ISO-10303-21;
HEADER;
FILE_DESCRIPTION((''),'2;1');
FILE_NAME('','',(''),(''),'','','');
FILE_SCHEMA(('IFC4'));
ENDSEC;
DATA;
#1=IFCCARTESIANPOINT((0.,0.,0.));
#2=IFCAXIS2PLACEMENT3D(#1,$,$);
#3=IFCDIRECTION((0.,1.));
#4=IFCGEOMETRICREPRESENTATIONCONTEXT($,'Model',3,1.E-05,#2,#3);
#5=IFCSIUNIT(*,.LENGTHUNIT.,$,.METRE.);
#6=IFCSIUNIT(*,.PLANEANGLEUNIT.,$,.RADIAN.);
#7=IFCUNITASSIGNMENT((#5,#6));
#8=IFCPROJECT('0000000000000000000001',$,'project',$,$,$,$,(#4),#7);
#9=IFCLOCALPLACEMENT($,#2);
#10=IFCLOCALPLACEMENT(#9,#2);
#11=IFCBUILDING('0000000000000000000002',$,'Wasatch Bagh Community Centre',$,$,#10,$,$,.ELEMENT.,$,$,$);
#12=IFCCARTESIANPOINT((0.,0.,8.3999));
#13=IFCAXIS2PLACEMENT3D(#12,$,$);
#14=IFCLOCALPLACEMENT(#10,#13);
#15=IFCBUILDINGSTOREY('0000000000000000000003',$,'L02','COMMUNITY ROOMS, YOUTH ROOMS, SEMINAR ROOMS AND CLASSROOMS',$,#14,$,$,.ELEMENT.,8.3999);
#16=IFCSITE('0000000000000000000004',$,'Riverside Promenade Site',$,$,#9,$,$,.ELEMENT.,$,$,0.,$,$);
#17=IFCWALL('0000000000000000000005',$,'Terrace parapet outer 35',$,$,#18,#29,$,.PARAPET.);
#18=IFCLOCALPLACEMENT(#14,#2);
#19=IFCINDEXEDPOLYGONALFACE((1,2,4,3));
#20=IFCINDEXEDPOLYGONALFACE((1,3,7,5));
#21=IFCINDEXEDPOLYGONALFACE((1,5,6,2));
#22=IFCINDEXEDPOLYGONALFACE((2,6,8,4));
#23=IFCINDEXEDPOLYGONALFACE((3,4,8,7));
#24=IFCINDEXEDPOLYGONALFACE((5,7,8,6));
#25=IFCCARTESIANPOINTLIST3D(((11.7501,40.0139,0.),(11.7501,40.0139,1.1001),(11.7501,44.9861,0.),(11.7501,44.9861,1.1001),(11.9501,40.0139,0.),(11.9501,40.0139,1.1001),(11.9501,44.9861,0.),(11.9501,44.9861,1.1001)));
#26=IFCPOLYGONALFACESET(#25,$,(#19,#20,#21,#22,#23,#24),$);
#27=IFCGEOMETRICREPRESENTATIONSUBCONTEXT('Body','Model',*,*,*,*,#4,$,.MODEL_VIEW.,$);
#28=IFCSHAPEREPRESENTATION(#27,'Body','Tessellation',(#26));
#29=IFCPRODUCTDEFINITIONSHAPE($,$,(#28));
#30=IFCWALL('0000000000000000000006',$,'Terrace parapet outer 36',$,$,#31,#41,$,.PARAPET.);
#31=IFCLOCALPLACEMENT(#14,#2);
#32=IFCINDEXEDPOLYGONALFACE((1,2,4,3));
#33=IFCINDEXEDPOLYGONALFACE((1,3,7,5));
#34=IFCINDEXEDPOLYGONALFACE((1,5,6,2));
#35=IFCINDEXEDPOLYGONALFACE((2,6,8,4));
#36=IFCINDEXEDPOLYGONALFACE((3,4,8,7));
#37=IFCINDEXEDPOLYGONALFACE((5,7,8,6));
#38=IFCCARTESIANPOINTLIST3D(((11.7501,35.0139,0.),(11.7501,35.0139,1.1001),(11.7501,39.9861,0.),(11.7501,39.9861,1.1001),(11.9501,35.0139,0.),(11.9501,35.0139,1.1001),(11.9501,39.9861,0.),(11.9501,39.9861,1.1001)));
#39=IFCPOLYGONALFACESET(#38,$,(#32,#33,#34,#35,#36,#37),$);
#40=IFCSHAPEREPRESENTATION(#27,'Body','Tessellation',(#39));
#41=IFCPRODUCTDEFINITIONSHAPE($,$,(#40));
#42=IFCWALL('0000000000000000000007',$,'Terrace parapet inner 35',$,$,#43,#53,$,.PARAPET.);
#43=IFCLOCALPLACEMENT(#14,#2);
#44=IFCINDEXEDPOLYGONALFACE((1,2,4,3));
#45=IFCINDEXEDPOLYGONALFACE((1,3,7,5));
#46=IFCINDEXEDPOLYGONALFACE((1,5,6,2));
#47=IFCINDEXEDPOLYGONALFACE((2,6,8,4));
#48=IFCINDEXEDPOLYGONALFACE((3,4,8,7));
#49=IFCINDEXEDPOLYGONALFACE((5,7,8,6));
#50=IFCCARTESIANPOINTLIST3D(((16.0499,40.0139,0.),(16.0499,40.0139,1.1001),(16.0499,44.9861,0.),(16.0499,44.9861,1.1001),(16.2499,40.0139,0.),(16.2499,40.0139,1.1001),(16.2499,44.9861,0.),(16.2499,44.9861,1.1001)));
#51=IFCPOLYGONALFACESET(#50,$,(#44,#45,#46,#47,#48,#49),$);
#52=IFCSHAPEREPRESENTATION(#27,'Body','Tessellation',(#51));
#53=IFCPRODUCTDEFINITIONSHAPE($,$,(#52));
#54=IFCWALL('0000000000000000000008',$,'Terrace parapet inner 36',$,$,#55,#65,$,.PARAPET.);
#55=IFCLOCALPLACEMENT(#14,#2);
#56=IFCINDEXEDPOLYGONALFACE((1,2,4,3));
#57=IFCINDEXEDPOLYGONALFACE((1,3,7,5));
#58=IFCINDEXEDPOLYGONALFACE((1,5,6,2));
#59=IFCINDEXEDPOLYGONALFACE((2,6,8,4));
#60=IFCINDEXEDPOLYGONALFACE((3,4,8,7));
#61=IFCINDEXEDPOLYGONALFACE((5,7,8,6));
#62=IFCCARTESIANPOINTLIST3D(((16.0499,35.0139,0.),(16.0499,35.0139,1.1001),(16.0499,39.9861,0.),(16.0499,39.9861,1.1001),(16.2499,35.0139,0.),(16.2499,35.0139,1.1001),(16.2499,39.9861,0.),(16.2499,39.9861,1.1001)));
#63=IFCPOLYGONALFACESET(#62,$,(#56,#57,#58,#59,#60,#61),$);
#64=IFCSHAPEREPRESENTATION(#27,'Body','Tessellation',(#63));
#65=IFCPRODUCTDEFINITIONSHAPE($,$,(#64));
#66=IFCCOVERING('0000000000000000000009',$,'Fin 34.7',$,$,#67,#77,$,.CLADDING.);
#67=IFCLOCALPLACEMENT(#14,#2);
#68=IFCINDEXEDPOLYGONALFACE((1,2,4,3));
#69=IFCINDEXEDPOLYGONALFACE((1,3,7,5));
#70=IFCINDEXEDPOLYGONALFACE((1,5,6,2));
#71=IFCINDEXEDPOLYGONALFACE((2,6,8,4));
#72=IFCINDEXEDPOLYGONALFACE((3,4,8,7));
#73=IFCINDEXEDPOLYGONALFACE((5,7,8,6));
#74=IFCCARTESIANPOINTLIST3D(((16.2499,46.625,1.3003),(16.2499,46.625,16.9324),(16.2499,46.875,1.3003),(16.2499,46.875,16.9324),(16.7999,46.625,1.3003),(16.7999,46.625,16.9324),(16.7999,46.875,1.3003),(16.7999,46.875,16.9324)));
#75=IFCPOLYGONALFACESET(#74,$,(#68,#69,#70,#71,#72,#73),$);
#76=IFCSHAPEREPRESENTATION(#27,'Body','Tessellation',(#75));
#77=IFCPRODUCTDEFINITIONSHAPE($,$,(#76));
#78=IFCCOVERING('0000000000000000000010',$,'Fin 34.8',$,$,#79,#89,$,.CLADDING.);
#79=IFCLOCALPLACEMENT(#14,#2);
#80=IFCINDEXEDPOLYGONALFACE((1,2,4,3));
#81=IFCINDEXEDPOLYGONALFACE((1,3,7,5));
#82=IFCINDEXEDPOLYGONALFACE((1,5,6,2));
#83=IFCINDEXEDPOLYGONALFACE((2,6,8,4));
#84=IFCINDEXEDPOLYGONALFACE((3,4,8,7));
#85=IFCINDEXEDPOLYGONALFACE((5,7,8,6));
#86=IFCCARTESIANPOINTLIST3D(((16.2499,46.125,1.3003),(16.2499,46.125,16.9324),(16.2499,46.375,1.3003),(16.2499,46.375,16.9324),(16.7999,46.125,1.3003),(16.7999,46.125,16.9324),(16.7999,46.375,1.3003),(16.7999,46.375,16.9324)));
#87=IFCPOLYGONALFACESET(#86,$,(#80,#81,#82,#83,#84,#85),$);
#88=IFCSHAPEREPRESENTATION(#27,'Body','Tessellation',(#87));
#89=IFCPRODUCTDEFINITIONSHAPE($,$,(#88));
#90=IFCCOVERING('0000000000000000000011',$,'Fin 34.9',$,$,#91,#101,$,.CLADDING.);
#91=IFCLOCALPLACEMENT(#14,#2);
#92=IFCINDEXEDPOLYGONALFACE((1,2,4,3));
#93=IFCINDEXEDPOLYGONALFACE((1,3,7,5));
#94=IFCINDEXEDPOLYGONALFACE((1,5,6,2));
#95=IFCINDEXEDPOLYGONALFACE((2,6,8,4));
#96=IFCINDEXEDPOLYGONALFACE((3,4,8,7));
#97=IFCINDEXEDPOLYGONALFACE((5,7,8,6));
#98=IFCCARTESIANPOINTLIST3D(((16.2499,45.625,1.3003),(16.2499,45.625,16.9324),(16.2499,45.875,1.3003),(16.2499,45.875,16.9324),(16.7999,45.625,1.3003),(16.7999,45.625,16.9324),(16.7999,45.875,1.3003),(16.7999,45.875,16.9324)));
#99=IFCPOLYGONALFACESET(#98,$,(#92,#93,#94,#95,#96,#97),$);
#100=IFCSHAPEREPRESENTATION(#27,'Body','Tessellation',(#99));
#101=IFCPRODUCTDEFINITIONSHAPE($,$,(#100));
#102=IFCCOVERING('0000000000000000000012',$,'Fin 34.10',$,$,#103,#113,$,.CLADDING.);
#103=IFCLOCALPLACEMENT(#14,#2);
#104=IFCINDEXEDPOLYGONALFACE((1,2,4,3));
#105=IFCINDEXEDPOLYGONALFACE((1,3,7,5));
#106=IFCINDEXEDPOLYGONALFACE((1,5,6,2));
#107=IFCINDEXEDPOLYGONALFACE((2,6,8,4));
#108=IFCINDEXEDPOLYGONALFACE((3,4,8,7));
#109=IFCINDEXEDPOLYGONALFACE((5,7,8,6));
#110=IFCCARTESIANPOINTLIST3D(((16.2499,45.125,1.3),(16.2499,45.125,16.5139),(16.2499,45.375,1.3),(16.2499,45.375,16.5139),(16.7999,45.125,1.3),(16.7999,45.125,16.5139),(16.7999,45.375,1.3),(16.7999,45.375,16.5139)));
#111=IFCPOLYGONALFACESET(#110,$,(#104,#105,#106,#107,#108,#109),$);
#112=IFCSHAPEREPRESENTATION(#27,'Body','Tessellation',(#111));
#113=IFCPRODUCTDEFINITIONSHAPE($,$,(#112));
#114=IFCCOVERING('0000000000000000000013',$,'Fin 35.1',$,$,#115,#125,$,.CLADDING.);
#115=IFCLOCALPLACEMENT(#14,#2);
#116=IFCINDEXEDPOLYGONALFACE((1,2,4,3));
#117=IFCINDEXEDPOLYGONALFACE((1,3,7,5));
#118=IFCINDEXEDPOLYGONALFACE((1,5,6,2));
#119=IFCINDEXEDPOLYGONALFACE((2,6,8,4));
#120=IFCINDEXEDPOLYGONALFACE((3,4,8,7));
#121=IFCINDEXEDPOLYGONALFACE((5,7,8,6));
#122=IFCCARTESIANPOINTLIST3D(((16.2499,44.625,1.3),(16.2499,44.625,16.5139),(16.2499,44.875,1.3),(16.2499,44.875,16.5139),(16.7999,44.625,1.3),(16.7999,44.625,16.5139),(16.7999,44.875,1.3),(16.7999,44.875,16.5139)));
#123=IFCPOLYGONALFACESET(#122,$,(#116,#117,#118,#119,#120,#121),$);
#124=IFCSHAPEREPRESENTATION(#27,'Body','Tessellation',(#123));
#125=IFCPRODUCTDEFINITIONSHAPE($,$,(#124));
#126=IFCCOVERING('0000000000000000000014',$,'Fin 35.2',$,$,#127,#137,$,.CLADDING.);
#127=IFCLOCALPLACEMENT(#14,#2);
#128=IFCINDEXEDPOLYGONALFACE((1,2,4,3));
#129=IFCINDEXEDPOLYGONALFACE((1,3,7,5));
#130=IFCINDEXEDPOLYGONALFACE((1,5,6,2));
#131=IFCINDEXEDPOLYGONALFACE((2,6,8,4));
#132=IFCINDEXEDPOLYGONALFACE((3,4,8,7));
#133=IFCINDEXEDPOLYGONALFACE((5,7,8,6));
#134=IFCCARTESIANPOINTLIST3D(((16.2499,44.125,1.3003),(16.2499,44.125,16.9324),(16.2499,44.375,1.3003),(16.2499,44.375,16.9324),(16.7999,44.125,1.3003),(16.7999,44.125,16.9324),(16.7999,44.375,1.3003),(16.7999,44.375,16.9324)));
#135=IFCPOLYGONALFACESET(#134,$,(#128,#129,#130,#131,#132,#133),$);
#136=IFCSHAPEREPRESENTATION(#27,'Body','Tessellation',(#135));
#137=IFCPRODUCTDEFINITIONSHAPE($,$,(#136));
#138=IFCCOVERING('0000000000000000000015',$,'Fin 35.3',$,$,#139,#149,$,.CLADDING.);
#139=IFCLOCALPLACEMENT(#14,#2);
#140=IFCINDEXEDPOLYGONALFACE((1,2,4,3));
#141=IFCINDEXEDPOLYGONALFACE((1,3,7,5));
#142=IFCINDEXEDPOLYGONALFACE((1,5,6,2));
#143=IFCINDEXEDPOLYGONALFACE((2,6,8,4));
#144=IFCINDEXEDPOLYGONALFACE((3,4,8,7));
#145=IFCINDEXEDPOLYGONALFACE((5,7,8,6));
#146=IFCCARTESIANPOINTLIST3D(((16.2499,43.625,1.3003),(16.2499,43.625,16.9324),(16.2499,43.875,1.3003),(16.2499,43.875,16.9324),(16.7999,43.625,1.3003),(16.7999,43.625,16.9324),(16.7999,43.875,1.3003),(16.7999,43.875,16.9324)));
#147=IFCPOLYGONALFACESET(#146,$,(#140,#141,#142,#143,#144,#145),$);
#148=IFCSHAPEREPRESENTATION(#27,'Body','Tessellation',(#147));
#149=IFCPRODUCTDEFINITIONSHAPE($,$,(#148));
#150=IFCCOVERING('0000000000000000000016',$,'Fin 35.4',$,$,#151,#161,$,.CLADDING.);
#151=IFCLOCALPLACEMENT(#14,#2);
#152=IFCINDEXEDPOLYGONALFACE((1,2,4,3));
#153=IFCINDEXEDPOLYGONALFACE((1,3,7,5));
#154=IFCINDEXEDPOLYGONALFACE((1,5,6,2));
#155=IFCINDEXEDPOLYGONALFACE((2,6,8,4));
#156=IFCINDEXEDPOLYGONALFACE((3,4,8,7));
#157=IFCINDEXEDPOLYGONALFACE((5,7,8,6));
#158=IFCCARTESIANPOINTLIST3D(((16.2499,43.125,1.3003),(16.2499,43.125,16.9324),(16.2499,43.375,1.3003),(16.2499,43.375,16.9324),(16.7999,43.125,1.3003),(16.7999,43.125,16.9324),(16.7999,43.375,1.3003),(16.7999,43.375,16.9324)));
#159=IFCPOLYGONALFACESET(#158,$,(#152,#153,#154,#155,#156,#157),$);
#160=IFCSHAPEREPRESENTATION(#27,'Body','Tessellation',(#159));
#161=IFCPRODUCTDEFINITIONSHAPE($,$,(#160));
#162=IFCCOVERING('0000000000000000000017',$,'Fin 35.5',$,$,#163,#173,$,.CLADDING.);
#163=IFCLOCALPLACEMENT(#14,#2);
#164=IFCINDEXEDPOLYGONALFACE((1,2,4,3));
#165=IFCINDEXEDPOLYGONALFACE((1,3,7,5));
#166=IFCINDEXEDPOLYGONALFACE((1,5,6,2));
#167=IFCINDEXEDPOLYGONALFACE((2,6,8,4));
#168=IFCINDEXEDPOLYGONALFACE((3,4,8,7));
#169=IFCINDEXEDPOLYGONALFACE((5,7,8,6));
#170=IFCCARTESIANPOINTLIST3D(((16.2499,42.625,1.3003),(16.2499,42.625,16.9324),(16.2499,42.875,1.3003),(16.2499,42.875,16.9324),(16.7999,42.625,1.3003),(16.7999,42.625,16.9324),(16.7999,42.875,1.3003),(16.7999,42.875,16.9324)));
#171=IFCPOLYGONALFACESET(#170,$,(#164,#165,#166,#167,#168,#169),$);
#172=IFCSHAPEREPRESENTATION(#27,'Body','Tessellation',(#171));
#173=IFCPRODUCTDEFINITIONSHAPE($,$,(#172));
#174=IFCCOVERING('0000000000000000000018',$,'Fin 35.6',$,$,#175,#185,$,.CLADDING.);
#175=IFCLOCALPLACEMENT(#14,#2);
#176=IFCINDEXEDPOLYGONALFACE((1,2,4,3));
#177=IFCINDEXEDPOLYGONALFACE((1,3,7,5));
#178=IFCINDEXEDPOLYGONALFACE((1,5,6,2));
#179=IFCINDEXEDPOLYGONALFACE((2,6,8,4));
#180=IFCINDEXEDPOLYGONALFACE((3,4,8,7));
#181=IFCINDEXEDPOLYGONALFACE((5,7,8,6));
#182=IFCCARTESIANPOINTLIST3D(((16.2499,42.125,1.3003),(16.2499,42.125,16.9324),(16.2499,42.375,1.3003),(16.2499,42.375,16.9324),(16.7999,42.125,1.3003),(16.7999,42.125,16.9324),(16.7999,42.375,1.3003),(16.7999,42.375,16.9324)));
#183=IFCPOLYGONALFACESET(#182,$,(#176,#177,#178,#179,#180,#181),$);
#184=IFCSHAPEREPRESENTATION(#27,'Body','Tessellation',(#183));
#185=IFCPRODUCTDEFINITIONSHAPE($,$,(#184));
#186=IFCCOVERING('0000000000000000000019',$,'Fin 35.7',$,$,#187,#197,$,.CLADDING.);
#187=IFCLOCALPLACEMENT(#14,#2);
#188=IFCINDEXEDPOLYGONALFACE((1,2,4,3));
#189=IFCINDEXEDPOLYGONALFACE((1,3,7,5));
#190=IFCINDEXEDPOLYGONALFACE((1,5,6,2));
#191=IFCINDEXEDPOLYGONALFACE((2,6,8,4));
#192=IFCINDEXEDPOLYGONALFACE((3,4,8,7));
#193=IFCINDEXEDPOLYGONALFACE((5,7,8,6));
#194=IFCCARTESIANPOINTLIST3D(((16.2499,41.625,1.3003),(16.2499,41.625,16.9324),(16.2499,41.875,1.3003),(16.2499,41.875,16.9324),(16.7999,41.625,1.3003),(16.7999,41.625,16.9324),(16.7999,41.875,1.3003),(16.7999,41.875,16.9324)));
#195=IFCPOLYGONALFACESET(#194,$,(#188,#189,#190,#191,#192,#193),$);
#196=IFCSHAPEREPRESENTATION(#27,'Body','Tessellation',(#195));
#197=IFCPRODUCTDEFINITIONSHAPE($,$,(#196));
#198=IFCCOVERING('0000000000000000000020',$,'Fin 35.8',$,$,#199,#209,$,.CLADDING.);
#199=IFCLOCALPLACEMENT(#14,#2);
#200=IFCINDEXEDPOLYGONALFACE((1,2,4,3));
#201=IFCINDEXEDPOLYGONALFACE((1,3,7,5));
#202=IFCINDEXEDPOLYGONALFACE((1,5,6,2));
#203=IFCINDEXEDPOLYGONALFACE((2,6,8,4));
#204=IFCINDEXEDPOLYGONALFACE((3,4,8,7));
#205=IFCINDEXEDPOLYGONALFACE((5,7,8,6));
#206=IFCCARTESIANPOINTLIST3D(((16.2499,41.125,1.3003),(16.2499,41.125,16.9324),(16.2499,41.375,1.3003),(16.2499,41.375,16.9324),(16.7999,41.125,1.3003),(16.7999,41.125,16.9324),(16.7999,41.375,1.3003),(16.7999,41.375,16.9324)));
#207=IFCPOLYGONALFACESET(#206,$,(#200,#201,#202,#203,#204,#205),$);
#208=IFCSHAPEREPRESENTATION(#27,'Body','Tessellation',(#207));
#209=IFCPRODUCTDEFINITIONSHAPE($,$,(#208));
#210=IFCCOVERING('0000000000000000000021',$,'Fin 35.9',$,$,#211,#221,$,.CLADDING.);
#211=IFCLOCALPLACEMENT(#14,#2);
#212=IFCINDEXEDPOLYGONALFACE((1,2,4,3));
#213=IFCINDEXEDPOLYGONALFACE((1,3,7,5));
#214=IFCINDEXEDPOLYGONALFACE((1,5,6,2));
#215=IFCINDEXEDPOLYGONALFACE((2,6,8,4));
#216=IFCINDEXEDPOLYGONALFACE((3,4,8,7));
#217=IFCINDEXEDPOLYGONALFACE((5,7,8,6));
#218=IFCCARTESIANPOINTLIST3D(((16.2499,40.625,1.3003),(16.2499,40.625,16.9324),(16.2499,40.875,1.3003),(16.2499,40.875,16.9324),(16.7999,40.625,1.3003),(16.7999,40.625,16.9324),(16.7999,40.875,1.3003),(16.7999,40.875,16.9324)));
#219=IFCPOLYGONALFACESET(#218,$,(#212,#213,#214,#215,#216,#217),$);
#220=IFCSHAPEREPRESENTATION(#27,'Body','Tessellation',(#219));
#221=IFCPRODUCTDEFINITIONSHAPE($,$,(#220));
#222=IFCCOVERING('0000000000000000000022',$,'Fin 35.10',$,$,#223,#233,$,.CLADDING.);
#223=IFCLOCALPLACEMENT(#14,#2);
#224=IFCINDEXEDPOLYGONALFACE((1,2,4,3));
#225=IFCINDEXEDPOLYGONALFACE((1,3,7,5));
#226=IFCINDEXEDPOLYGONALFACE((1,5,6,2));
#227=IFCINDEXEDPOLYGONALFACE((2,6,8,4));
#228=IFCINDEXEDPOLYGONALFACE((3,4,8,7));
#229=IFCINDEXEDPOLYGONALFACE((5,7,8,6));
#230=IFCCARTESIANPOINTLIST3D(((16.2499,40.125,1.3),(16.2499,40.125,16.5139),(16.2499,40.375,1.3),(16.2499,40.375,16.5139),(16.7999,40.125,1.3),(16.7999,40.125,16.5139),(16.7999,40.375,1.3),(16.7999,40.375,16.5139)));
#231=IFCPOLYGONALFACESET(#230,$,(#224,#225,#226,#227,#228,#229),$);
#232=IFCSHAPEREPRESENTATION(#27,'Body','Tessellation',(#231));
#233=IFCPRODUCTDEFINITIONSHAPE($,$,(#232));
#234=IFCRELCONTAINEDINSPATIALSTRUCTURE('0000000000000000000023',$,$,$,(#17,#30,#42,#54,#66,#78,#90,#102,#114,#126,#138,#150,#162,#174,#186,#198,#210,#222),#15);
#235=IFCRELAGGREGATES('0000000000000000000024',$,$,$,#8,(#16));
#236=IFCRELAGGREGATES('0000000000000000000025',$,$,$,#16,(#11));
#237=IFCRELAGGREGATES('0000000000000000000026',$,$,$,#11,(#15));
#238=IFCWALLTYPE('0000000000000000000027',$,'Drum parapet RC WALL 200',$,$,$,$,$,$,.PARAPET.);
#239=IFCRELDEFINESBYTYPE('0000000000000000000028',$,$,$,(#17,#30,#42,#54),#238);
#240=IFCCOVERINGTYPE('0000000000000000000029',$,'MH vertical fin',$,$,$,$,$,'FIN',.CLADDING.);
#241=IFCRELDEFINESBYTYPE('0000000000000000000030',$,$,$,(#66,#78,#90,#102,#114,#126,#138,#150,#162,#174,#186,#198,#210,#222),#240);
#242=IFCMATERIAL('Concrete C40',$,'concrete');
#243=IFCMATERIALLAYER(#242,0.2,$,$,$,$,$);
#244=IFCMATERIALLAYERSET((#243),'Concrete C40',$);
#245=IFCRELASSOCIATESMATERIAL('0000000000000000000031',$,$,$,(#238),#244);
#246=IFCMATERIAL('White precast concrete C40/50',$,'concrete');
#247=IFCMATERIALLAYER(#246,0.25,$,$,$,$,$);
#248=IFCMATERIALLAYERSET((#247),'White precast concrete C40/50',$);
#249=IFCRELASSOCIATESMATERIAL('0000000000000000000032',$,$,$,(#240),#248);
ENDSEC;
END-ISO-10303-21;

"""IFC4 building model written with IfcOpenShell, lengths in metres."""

from ifc_helpers import new_model, si_unit, direction, frame, frame_2d, origin, origin_2d, place, context, subcontext, project, spatial, rectangle, extrude, material, layer, layer_set, type_object, element, save


model = new_model("IFC4")

# Units and contexts
model_context = context("Model", 3, precision=1e-05, world=origin(), true_north=direction((0.0, 1.0)))
body_context = subcontext(model_context, "Body", "Model", "MODEL_VIEW")
ifc_project = project(units=[si_unit("LENGTHUNIT", "METRE"), si_unit("PLANEANGLEUNIT", "RADIAN")], contexts=[model_context])

# Site, building, storey
site_placement = place(None, origin())
site = spatial("IfcSite", under=ifc_project, at=site_placement, Name="Riverside Promenade Site", CompositionType="ELEMENT", RefElevation=0.0)
building_placement = place(site_placement, origin())
building = spatial("IfcBuilding", under=site, at=building_placement, Name="Wasatch Bagh Community Centre", CompositionType="ELEMENT")
storey_placement = place(building_placement, frame((0.0, 0.0, 8.3999)))
storey = spatial("IfcBuildingStorey", under=building, at=storey_placement, Name="L02", Description="COMMUNITY ROOMS, YOUTH ROOMS, SEMINAR ROOMS AND CLASSROOMS", CompositionType="ELEMENT", Elevation=8.3999)

# Walls
ifc_material_1 = material(Name="Concrete C40", Category="concrete")
ifc_layer_1 = layer(ifc_material_1, 0.2)
ifc_layer_set_1 = layer_set([ifc_layer_1], Name="Concrete C40")
wall_type = type_object("IfcWallType", Name="Drum parapet RC WALL 200", PredefinedType="PARAPET", material=ifc_layer_set_1)
for number, where, z_axis, x_axis, name in (
    (1, (11.8501, 44.9861, 0.0), (0.0, 0.0, 1.0), (0.0, -1.0, 0.0), "Terrace parapet outer 35"),
    (2, (11.8501, 39.9861, 0.0), (0.0, 0.0, 1.0), (0.0, -1.0, 0.0), "Terrace parapet outer 36"),
    (3, (16.1499, 44.9861, 0.0), (0.0, 0.0, 1.0), (0.0, -1.0, 0.0), "Terrace parapet inner 35"),
    (4, (16.1499, 39.9861, 0.0), (0.0, 0.0, 1.0), (0.0, -1.0, 0.0), "Terrace parapet inner 36"),
):
    element("IfcWall", number, at=place(storey_placement, frame(where, z_axis=z_axis, x_axis=x_axis)), inside=storey, type_object=wall_type, Name=name, PredefinedType="PARAPET", context=body_context, shape_type="SweptSolid", body=[
        extrude(rectangle(XDim=4.9722, YDim=0.2, at=frame_2d((2.4861, 0.0))), origin(), (0.0, 0.0, 1.0), 1.1001),
    ])

# Coverings
ifc_material_2 = material(Name="White precast concrete C40/50", Category="concrete")
ifc_layer_2 = layer(ifc_material_2, 0.25)
ifc_layer_set_2 = layer_set([ifc_layer_2], Name="White precast concrete C40/50")
covering_type = type_object("IfcCoveringType", Name="MH vertical fin", ElementType="FIN", PredefinedType="CLADDING", material=ifc_layer_set_2)
for number, where, z_axis, x_axis, name in (
    (5, (16.5249, 46.75, 1.3003), (0.0, 0.0, 1.0), (0.0, -1.0, 0.0), "Fin 34.7"),
    (6, (16.5249, 46.25, 1.3003), (0.0, 0.0, 1.0), (0.0, -1.0, 0.0), "Fin 34.8"),
    (7, (16.5249, 45.75, 1.3003), (0.0, 0.0, 1.0), (0.0, -1.0, 0.0), "Fin 34.9"),
):
    element("IfcCovering", number, at=place(storey_placement, frame(where, z_axis=z_axis, x_axis=x_axis)), inside=storey, type_object=covering_type, Name=name, PredefinedType="CLADDING", context=body_context, shape_type="SweptSolid", body=[
        extrude(rectangle(XDim=0.25, YDim=0.55, at=origin_2d()), origin(), (0.0, 0.0, 1.0), 15.6321),
    ])
for number, where, z_axis, x_axis, name in (
    (8, (16.5249, 45.25, 1.3), (0.0, 0.0, 1.0), (0.0, -1.0, 0.0), "Fin 34.10"),
    (9, (16.5249, 44.75, 1.3), (0.0, 0.0, 1.0), (0.0, -1.0, 0.0), "Fin 35.1"),
):
    element("IfcCovering", number, at=place(storey_placement, frame(where, z_axis=z_axis, x_axis=x_axis)), inside=storey, type_object=covering_type, Name=name, PredefinedType="CLADDING", context=body_context, shape_type="SweptSolid", body=[
        extrude(rectangle(XDim=0.25, YDim=0.55, at=origin_2d()), origin(), (0.0, 0.0, 1.0), 15.2139),
    ])
for number, where, z_axis, x_axis, name in (
    (10, (16.5249, 44.25, 1.3003), (0.0, 0.0, 1.0), (0.0, -1.0, 0.0), "Fin 35.2"),
    (11, (16.5249, 43.75, 1.3003), (0.0, 0.0, 1.0), (0.0, -1.0, 0.0), "Fin 35.3"),
    (12, (16.5249, 43.25, 1.3003), (0.0, 0.0, 1.0), (0.0, -1.0, 0.0), "Fin 35.4"),
    (13, (16.5249, 42.75, 1.3003), (0.0, 0.0, 1.0), (0.0, -1.0, 0.0), "Fin 35.5"),
    (14, (16.5249, 42.25, 1.3003), (0.0, 0.0, 1.0), (0.0, -1.0, 0.0), "Fin 35.6"),
    (15, (16.5249, 41.75, 1.3003), (0.0, 0.0, 1.0), (0.0, -1.0, 0.0), "Fin 35.7"),
    (16, (16.5249, 41.25, 1.3003), (0.0, 0.0, 1.0), (0.0, -1.0, 0.0), "Fin 35.8"),
    (17, (16.5249, 40.75, 1.3003), (0.0, 0.0, 1.0), (0.0, -1.0, 0.0), "Fin 35.9"),
):
    element("IfcCovering", number, at=place(storey_placement, frame(where, z_axis=z_axis, x_axis=x_axis)), inside=storey, type_object=covering_type, Name=name, PredefinedType="CLADDING", context=body_context, shape_type="SweptSolid", body=[
        extrude(rectangle(XDim=0.25, YDim=0.55, at=origin_2d()), origin(), (0.0, 0.0, 1.0), 15.6321),
    ])
for number, where, z_axis, x_axis, name in (
    (18, (16.5249, 40.25, 1.3), (0.0, 0.0, 1.0), (0.0, -1.0, 0.0), "Fin 35.10"),
):
    element("IfcCovering", number, at=place(storey_placement, frame(where, z_axis=z_axis, x_axis=x_axis)), inside=storey, type_object=covering_type, Name=name, PredefinedType="CLADDING", context=body_context, shape_type="SweptSolid", body=[
        extrude(rectangle(XDim=0.25, YDim=0.55, at=origin_2d()), origin(), (0.0, 0.0, 1.0), 15.2139),
    ])

save(model, "model.ifc")
